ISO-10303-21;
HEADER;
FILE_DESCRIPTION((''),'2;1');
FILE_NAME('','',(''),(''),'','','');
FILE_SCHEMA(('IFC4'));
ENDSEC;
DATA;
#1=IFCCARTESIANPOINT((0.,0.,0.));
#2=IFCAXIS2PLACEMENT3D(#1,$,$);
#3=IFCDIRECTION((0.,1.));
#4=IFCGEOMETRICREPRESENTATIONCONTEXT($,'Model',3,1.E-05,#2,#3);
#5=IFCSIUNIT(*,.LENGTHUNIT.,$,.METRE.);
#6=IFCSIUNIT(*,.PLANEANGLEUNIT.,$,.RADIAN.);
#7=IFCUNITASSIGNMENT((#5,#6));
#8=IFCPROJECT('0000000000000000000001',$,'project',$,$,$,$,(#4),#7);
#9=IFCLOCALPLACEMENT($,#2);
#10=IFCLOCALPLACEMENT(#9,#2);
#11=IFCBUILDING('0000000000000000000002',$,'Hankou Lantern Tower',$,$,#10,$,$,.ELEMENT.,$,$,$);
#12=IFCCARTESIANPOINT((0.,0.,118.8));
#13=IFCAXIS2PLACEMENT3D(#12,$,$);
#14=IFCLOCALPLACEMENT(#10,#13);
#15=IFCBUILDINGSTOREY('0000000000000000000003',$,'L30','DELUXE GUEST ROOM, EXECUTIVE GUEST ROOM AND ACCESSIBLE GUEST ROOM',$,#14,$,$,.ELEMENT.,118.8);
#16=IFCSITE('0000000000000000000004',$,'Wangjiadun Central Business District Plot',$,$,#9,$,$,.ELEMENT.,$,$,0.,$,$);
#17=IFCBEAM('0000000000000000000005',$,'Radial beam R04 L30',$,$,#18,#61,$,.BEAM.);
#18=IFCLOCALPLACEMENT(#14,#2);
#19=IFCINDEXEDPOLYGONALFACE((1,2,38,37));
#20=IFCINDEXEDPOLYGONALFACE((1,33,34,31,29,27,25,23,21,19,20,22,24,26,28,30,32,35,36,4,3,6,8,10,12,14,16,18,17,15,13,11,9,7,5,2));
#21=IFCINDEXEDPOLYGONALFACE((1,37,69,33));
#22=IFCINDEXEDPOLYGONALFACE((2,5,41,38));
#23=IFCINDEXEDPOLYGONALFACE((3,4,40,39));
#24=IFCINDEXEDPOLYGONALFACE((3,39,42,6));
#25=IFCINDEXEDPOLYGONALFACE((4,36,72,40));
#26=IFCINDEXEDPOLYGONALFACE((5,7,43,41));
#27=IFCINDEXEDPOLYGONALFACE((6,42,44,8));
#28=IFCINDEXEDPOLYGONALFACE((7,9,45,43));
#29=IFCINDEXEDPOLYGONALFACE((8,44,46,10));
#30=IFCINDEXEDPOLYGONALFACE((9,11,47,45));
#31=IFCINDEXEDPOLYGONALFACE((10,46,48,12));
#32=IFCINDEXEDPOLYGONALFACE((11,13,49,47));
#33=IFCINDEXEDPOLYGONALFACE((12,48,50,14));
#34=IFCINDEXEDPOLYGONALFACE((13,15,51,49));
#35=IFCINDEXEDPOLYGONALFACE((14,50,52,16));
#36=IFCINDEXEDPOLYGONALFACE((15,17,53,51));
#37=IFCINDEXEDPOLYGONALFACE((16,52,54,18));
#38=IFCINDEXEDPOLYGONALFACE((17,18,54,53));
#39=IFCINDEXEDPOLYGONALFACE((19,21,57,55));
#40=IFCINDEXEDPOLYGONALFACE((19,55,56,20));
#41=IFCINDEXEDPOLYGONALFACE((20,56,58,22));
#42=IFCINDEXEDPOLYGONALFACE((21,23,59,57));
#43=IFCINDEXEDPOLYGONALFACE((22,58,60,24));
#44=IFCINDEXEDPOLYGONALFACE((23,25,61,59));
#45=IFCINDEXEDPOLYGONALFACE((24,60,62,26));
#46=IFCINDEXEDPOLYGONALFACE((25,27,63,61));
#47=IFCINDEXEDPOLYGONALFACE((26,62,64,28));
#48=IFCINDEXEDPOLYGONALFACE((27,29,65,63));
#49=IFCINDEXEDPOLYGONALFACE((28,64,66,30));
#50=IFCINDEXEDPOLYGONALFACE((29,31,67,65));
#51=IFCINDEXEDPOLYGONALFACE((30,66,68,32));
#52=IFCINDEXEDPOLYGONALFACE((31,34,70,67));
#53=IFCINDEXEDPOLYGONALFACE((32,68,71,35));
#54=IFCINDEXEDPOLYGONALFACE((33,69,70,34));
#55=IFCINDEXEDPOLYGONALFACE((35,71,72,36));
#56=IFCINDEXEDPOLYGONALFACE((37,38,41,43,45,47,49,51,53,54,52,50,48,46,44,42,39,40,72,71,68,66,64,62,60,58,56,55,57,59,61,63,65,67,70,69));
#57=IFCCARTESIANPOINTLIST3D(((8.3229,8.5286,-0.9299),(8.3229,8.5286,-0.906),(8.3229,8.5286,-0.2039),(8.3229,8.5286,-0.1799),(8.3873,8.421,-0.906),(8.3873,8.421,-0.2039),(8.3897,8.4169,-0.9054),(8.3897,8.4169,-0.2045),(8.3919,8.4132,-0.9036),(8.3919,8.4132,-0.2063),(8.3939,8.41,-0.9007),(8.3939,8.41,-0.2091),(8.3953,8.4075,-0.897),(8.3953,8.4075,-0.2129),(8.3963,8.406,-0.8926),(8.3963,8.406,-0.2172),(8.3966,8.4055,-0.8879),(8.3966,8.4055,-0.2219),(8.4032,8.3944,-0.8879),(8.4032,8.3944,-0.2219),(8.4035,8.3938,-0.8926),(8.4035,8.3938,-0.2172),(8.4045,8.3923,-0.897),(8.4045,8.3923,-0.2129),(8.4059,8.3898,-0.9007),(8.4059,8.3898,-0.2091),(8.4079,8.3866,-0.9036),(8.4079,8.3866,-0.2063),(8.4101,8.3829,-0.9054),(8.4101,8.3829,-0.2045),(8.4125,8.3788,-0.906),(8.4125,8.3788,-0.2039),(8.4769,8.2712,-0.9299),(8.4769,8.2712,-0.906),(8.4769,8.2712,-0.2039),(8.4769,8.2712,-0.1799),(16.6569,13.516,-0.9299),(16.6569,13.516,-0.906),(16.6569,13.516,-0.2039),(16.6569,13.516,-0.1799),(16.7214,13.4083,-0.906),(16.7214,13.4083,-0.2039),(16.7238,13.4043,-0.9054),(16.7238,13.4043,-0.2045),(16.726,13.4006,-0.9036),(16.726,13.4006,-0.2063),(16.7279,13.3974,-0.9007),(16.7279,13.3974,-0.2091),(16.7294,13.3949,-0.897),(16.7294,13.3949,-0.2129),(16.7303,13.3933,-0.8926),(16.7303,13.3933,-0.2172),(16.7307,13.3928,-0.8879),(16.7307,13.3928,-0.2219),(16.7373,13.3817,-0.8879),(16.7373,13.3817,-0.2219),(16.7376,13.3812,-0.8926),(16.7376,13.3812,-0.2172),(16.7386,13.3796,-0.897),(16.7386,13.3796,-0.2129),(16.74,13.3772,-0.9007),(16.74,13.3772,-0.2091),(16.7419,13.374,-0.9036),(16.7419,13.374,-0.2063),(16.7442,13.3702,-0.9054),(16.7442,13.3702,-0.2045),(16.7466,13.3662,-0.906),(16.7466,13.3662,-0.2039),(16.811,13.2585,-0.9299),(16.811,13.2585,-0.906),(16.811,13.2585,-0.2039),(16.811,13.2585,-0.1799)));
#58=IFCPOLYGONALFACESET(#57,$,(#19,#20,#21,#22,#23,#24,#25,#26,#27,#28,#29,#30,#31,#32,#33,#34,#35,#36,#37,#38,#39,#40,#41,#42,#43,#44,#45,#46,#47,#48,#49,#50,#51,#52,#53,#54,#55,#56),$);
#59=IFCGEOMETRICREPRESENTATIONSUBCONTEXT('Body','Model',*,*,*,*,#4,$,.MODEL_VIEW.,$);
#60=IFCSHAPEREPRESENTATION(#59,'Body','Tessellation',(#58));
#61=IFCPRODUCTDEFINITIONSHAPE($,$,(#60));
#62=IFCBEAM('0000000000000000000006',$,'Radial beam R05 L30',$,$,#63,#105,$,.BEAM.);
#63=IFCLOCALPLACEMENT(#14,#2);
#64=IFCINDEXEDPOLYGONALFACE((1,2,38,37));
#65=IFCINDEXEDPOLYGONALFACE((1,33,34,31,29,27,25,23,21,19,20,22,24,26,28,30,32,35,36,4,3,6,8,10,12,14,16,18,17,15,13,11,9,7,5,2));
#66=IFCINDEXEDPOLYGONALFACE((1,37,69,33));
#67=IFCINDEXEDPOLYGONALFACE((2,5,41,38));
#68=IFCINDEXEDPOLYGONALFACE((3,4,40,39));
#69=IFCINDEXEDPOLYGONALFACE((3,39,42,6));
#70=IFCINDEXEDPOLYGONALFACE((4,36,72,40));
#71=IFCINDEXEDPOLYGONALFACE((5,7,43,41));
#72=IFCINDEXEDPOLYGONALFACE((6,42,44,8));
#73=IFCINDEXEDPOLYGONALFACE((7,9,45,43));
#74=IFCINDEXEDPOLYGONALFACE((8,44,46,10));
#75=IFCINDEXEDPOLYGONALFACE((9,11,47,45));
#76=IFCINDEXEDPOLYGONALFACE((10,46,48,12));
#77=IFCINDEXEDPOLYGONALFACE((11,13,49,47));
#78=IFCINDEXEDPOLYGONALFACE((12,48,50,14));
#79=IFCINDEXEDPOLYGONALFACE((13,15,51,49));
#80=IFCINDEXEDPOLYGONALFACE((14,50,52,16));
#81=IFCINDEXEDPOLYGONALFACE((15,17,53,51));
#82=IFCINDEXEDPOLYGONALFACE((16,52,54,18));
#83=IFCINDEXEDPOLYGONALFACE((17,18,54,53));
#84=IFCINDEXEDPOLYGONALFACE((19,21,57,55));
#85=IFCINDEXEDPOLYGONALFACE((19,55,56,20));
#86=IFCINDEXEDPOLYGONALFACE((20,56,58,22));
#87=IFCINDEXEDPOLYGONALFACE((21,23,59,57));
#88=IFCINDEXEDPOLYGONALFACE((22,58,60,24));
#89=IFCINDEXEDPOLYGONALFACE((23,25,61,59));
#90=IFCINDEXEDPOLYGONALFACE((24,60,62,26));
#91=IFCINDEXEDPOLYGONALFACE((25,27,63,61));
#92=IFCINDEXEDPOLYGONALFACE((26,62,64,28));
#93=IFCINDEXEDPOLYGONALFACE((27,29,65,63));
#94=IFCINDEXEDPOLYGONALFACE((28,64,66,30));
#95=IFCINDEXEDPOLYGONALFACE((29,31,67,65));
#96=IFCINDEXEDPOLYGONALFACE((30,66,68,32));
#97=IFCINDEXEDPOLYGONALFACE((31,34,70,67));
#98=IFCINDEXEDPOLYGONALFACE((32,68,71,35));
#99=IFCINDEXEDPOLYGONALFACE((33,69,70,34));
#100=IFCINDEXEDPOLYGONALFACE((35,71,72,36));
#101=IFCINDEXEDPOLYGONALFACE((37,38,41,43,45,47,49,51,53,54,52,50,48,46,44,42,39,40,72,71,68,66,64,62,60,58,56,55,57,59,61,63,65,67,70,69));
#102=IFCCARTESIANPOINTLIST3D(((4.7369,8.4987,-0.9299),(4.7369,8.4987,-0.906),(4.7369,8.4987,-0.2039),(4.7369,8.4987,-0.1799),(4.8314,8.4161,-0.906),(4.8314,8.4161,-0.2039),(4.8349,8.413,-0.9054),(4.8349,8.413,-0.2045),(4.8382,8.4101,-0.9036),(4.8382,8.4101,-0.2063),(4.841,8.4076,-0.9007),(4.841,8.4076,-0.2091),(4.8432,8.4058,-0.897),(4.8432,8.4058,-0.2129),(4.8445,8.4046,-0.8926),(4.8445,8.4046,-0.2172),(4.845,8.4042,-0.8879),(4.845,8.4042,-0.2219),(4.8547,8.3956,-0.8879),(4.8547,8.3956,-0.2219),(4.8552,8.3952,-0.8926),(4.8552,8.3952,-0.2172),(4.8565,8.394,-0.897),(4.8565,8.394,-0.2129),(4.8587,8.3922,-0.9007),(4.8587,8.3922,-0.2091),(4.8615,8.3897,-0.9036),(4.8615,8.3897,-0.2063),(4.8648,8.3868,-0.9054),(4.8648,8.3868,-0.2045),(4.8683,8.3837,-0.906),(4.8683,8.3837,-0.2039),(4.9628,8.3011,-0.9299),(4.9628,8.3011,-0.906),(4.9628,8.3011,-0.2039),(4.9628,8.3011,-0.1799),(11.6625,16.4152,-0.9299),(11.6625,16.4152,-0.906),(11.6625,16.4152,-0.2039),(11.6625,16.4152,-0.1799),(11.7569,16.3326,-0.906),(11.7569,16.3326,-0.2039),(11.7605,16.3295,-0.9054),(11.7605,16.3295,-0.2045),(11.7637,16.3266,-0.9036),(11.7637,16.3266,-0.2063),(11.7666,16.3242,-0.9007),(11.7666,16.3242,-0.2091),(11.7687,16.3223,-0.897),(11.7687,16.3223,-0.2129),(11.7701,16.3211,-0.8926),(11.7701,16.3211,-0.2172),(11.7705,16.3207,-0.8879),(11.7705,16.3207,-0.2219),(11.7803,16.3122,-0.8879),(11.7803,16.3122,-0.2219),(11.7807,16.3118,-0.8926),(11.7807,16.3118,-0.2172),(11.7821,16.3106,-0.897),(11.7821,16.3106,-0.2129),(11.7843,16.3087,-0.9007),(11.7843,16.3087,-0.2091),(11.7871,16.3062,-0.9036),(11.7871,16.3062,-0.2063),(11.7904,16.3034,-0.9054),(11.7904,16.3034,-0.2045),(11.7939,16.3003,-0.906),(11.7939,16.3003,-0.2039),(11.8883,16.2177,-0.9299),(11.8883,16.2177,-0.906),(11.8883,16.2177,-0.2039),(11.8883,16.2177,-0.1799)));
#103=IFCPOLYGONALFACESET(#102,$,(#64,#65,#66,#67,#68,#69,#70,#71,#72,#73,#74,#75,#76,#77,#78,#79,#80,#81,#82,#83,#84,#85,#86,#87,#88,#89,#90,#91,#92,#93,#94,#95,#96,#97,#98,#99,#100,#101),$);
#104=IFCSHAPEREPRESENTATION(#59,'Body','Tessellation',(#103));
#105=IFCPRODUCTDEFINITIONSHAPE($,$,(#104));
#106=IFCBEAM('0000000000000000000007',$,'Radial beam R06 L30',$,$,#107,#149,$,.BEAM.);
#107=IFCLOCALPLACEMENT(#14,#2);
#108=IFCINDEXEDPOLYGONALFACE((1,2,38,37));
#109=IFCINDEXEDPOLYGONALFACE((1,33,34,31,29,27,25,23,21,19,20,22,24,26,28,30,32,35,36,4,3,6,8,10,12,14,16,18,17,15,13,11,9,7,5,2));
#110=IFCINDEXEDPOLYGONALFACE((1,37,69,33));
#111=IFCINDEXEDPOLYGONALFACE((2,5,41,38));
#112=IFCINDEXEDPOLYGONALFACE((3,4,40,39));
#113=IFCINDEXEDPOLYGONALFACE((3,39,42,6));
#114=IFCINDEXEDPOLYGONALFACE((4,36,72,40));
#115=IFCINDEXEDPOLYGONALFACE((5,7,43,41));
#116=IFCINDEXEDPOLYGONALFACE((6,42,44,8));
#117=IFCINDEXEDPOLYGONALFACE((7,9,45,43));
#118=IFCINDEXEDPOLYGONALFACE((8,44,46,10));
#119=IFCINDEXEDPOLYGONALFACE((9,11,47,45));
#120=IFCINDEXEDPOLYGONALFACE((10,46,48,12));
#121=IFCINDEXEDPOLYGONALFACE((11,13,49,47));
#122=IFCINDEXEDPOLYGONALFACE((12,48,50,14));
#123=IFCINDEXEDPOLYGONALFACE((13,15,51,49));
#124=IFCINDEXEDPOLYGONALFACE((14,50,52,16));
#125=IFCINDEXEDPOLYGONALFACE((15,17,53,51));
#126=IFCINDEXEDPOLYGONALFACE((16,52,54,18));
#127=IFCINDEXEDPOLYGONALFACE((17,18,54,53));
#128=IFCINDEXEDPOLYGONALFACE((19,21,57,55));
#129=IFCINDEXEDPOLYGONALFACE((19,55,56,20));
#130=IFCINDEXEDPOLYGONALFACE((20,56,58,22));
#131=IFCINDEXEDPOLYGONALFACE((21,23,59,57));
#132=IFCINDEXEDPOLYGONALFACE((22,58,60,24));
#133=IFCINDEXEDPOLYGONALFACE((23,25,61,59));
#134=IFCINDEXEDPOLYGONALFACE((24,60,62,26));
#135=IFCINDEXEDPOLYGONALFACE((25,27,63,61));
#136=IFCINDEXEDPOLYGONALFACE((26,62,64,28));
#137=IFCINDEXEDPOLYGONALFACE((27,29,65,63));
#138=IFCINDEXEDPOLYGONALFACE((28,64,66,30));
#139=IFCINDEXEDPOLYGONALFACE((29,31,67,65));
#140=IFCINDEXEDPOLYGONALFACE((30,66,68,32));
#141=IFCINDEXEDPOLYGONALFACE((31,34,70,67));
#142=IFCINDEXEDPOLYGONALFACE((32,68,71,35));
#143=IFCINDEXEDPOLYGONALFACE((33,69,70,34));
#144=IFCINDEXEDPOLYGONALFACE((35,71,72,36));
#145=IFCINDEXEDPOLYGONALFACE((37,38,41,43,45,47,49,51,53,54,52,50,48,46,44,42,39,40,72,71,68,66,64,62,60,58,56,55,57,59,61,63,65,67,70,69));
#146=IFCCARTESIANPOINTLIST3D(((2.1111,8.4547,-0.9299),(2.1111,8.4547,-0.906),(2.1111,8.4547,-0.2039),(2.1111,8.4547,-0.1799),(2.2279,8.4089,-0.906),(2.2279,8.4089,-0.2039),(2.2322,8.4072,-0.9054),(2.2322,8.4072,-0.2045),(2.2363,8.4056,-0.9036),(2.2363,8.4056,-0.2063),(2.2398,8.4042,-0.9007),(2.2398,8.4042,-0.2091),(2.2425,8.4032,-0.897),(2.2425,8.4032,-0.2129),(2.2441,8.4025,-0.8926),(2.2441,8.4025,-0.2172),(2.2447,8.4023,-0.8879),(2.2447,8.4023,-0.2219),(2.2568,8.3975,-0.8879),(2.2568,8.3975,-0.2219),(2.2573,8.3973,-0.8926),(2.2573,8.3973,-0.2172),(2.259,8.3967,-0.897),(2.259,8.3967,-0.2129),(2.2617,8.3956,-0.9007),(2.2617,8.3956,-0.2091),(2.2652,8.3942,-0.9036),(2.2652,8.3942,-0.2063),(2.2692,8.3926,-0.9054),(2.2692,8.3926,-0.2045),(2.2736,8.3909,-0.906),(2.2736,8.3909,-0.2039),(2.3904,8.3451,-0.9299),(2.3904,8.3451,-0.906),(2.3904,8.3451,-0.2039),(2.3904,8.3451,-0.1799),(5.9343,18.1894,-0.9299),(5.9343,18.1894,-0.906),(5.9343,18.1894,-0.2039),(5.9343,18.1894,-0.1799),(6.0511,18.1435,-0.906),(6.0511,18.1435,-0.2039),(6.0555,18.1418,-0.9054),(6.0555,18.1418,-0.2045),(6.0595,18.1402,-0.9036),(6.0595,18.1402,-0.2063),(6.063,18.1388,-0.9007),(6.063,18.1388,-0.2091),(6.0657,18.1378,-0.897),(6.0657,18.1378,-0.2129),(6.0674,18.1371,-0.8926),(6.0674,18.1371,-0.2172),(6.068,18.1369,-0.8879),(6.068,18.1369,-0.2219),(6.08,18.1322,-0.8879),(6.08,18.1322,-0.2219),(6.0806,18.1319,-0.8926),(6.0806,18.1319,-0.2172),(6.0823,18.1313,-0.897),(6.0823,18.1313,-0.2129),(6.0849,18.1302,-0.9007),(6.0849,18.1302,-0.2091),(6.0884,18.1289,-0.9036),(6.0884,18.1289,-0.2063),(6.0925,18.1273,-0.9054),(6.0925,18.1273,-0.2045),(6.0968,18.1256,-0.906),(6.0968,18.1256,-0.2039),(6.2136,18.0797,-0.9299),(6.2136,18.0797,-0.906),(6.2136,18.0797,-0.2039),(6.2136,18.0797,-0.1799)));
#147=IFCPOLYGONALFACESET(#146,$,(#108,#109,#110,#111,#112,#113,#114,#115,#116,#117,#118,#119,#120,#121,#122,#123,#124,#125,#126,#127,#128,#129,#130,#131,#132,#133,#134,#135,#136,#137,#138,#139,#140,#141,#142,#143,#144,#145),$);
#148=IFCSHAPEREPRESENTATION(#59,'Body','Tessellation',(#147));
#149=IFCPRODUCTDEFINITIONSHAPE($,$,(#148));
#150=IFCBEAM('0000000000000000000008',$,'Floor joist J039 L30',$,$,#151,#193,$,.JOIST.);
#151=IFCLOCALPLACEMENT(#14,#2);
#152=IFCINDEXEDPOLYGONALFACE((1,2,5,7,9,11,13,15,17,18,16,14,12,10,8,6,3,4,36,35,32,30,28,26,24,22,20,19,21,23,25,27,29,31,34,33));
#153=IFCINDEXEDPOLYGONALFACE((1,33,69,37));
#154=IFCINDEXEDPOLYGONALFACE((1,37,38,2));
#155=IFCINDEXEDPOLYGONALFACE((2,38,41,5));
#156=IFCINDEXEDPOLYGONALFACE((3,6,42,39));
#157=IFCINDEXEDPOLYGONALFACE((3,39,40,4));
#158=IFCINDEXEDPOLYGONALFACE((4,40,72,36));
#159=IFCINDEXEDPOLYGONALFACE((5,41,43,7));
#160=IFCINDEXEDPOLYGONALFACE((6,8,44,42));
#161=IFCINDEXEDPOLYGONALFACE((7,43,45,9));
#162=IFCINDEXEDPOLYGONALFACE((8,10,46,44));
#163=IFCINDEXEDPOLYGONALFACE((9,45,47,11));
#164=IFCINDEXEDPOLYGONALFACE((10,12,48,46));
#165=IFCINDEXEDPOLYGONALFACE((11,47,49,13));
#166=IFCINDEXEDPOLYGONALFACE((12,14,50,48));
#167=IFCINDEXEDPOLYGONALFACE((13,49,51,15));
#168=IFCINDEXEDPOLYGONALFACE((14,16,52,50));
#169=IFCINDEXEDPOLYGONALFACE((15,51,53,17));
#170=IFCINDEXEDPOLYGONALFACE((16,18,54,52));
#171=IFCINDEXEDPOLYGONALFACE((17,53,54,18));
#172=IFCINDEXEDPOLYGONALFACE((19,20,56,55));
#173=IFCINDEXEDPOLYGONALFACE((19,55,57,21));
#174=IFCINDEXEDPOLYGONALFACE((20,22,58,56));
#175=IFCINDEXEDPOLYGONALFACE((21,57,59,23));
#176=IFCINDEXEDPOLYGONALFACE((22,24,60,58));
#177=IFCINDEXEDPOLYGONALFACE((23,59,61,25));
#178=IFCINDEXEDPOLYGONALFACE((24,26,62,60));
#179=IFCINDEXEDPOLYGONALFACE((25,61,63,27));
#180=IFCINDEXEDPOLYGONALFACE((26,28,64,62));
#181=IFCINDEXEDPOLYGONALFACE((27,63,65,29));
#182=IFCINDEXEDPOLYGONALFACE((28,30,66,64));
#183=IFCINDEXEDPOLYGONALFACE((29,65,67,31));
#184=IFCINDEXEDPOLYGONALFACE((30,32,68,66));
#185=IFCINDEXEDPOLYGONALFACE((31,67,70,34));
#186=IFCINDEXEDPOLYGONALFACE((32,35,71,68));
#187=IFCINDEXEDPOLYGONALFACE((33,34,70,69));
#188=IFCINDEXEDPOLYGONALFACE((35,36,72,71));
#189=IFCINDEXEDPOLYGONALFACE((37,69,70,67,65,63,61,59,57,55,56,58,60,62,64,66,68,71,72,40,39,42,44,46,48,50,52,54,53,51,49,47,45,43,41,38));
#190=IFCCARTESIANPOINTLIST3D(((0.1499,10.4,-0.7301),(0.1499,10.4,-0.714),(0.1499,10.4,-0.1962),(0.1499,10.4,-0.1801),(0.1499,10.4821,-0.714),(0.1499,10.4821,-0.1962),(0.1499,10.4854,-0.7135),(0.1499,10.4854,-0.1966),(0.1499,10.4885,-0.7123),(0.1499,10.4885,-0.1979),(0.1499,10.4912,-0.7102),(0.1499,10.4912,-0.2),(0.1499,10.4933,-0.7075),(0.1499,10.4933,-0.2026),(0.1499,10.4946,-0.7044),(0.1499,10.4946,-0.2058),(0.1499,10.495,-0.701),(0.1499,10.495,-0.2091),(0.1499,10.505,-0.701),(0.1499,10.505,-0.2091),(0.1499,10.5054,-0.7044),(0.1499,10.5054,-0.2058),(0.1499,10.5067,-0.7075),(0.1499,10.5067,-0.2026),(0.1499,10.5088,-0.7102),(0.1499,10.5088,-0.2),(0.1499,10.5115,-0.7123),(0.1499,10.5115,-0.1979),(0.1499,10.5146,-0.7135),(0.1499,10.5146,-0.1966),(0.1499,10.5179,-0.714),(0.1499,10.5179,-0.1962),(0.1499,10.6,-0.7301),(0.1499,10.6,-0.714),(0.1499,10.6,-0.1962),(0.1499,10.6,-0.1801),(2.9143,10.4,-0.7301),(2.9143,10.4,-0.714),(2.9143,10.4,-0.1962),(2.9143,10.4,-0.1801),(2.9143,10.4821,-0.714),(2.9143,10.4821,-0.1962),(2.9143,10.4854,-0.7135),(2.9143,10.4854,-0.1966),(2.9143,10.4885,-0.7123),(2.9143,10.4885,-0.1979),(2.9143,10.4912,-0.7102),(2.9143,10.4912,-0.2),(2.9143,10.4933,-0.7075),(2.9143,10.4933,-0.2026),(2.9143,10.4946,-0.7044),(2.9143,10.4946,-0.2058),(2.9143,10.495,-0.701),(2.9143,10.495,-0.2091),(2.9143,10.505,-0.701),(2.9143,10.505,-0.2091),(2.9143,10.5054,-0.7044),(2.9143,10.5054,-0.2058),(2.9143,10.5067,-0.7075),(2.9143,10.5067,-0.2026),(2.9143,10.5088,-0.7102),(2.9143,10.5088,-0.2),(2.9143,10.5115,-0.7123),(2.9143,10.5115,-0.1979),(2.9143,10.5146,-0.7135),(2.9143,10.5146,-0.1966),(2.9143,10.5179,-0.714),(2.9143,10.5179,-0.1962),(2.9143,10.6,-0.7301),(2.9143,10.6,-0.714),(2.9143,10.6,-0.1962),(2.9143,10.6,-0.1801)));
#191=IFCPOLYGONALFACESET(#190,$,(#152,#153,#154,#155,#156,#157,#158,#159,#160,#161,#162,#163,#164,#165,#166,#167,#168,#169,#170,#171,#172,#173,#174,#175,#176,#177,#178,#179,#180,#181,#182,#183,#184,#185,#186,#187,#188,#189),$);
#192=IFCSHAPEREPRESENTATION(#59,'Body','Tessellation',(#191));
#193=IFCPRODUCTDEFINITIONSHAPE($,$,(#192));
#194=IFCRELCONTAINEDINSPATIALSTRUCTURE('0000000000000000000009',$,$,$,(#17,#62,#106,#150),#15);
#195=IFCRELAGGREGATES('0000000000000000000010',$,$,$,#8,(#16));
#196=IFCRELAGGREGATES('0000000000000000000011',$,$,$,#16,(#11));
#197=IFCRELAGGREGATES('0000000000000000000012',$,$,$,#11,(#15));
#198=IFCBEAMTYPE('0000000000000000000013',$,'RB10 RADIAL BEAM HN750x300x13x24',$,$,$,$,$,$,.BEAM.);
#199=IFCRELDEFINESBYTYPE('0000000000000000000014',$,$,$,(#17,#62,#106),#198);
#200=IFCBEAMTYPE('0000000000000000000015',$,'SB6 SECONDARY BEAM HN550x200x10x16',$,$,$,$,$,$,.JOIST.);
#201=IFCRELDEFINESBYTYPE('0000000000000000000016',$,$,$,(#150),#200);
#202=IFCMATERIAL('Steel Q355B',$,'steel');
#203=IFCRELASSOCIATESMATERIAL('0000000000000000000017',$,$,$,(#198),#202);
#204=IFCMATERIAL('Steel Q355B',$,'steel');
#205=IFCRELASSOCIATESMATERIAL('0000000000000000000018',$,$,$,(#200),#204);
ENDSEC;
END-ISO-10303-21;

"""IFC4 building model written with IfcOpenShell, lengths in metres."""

from ifc_helpers import new_model, si_unit, direction, frame, origin, origin_2d, place, context, subcontext, project, spatial, i_section, extrude, material, material_profile, profile_set, type_object, element, save


model = new_model("IFC4")

# Units and contexts
model_context = context("Model", 3, precision=1e-05, world=origin(), true_north=direction((0.0, 1.0)))
body_context = subcontext(model_context, "Body", "Model", "MODEL_VIEW")
ifc_project = project(units=[si_unit("LENGTHUNIT", "METRE"), si_unit("PLANEANGLEUNIT", "RADIAN")], contexts=[model_context])

# Site, building, storey
site_placement = place(None, origin())
site = spatial("IfcSite", under=ifc_project, at=site_placement, Name="Wangjiadun Central Business District Plot", CompositionType="ELEMENT", RefElevation=0.0)
building_placement = place(site_placement, origin())
building = spatial("IfcBuilding", under=site, at=building_placement, Name="Hankou Lantern Tower", CompositionType="ELEMENT")
storey_placement = place(building_placement, frame((0.0, 0.0, 118.8)))
storey = spatial("IfcBuildingStorey", under=building, at=storey_placement, Name="L30", Description="DELUXE GUEST ROOM, EXECUTIVE GUEST ROOM AND ACCESSIBLE GUEST ROOM", CompositionType="ELEMENT", Elevation=118.8)

# Beams
ifc_material_1 = material(Name="Steel Q355B", Category="steel")
ifc_material_profile_1 = material_profile(ifc_material_1, i_section(OverallWidth=0.3, OverallDepth=0.75, WebThickness=0.0129, FlangeThickness=0.0239, FilletRadius=0.0181, at=origin_2d()), Name="HN750x300x13x24")
ifc_profile_set_1 = profile_set([ifc_material_profile_1], Name="Steel Q355B")
beam_type_1 = type_object("IfcBeamType", Name="RB10 RADIAL BEAM HN750x300x13x24", PredefinedType="BEAM", material=ifc_profile_set_1)
beam_1_placement = place(storey_placement, frame((8.3999, 8.3999, -0.5549), z_axis=(0.858087, 0.513505, 0.0), x_axis=(-0.513505, 0.858087, 0.0)))
element("IfcBeam", 1, at=beam_1_placement, inside=storey, type_object=beam_type_1, Name="Radial beam R04 L30", PredefinedType="BEAM", context=body_context, shape_type="SweptSolid", body=[
    extrude(i_section(OverallWidth=0.3, OverallDepth=0.75, WebThickness=0.0129, FlangeThickness=0.0239, FilletRadius=0.0181, at=origin_2d()), origin(), (0.0, 0.0, 1.0), 9.7124),
])
beam_2_placement = place(storey_placement, frame((4.8499, 8.3999, -0.5549), z_axis=(0.658429, 0.752643, 0.0), x_axis=(-0.752643, 0.658429, 0.0)))
element("IfcBeam", 2, at=beam_2_placement, inside=storey, type_object=beam_type_1, Name="Radial beam R05 L30", PredefinedType="BEAM", context=body_context, shape_type="SweptSolid", body=[
    extrude(i_section(OverallWidth=0.3, OverallDepth=0.75, WebThickness=0.0129, FlangeThickness=0.0239, FilletRadius=0.0181, at=origin_2d()), origin(), (0.0, 0.0, 1.0), 10.5183),
])
beam_3_placement = place(storey_placement, frame((2.2507, 8.3999, -0.5549), z_axis=(0.365564, 0.930786, 0.0), x_axis=(-0.930786, 0.365564, 0.0)))
element("IfcBeam", 3, at=beam_3_placement, inside=storey, type_object=beam_type_1, Name="Radial beam R06 L30", PredefinedType="BEAM", context=body_context, shape_type="SweptSolid", body=[
    extrude(i_section(OverallWidth=0.3, OverallDepth=0.75, WebThickness=0.0129, FlangeThickness=0.0239, FilletRadius=0.0181, at=origin_2d()), origin(), (0.0, 0.0, 1.0), 10.4585),
])
ifc_material_2 = material(Name="Steel Q355B", Category="steel")
ifc_material_profile_2 = material_profile(ifc_material_2, i_section(OverallWidth=0.2, OverallDepth=0.55, WebThickness=0.01, FlangeThickness=0.0161, FilletRadius=0.0129, at=origin_2d()), Name="HN550x200x10x16")
ifc_profile_set_2 = profile_set([ifc_material_profile_2], Name="Steel Q355B")
beam_type_2 = type_object("IfcBeamType", Name="SB6 SECONDARY BEAM HN550x200x10x16", PredefinedType="JOIST", material=ifc_profile_set_2)
beam_4_placement = place(storey_placement, frame((0.1499, 10.5, -0.4551), z_axis=(1.0, 0.0, 0.0), x_axis=(0.0, 1.0, 0.0)))
element("IfcBeam", 4, at=beam_4_placement, inside=storey, type_object=beam_type_2, Name="Floor joist J039 L30", PredefinedType="JOIST", context=body_context, shape_type="SweptSolid", body=[
    extrude(i_section(OverallWidth=0.2, OverallDepth=0.55, WebThickness=0.01, FlangeThickness=0.0161, FilletRadius=0.0129, at=origin_2d()), origin(), (0.0, 0.0, 1.0), 2.7644),
])

save(model, "model.ifc")
